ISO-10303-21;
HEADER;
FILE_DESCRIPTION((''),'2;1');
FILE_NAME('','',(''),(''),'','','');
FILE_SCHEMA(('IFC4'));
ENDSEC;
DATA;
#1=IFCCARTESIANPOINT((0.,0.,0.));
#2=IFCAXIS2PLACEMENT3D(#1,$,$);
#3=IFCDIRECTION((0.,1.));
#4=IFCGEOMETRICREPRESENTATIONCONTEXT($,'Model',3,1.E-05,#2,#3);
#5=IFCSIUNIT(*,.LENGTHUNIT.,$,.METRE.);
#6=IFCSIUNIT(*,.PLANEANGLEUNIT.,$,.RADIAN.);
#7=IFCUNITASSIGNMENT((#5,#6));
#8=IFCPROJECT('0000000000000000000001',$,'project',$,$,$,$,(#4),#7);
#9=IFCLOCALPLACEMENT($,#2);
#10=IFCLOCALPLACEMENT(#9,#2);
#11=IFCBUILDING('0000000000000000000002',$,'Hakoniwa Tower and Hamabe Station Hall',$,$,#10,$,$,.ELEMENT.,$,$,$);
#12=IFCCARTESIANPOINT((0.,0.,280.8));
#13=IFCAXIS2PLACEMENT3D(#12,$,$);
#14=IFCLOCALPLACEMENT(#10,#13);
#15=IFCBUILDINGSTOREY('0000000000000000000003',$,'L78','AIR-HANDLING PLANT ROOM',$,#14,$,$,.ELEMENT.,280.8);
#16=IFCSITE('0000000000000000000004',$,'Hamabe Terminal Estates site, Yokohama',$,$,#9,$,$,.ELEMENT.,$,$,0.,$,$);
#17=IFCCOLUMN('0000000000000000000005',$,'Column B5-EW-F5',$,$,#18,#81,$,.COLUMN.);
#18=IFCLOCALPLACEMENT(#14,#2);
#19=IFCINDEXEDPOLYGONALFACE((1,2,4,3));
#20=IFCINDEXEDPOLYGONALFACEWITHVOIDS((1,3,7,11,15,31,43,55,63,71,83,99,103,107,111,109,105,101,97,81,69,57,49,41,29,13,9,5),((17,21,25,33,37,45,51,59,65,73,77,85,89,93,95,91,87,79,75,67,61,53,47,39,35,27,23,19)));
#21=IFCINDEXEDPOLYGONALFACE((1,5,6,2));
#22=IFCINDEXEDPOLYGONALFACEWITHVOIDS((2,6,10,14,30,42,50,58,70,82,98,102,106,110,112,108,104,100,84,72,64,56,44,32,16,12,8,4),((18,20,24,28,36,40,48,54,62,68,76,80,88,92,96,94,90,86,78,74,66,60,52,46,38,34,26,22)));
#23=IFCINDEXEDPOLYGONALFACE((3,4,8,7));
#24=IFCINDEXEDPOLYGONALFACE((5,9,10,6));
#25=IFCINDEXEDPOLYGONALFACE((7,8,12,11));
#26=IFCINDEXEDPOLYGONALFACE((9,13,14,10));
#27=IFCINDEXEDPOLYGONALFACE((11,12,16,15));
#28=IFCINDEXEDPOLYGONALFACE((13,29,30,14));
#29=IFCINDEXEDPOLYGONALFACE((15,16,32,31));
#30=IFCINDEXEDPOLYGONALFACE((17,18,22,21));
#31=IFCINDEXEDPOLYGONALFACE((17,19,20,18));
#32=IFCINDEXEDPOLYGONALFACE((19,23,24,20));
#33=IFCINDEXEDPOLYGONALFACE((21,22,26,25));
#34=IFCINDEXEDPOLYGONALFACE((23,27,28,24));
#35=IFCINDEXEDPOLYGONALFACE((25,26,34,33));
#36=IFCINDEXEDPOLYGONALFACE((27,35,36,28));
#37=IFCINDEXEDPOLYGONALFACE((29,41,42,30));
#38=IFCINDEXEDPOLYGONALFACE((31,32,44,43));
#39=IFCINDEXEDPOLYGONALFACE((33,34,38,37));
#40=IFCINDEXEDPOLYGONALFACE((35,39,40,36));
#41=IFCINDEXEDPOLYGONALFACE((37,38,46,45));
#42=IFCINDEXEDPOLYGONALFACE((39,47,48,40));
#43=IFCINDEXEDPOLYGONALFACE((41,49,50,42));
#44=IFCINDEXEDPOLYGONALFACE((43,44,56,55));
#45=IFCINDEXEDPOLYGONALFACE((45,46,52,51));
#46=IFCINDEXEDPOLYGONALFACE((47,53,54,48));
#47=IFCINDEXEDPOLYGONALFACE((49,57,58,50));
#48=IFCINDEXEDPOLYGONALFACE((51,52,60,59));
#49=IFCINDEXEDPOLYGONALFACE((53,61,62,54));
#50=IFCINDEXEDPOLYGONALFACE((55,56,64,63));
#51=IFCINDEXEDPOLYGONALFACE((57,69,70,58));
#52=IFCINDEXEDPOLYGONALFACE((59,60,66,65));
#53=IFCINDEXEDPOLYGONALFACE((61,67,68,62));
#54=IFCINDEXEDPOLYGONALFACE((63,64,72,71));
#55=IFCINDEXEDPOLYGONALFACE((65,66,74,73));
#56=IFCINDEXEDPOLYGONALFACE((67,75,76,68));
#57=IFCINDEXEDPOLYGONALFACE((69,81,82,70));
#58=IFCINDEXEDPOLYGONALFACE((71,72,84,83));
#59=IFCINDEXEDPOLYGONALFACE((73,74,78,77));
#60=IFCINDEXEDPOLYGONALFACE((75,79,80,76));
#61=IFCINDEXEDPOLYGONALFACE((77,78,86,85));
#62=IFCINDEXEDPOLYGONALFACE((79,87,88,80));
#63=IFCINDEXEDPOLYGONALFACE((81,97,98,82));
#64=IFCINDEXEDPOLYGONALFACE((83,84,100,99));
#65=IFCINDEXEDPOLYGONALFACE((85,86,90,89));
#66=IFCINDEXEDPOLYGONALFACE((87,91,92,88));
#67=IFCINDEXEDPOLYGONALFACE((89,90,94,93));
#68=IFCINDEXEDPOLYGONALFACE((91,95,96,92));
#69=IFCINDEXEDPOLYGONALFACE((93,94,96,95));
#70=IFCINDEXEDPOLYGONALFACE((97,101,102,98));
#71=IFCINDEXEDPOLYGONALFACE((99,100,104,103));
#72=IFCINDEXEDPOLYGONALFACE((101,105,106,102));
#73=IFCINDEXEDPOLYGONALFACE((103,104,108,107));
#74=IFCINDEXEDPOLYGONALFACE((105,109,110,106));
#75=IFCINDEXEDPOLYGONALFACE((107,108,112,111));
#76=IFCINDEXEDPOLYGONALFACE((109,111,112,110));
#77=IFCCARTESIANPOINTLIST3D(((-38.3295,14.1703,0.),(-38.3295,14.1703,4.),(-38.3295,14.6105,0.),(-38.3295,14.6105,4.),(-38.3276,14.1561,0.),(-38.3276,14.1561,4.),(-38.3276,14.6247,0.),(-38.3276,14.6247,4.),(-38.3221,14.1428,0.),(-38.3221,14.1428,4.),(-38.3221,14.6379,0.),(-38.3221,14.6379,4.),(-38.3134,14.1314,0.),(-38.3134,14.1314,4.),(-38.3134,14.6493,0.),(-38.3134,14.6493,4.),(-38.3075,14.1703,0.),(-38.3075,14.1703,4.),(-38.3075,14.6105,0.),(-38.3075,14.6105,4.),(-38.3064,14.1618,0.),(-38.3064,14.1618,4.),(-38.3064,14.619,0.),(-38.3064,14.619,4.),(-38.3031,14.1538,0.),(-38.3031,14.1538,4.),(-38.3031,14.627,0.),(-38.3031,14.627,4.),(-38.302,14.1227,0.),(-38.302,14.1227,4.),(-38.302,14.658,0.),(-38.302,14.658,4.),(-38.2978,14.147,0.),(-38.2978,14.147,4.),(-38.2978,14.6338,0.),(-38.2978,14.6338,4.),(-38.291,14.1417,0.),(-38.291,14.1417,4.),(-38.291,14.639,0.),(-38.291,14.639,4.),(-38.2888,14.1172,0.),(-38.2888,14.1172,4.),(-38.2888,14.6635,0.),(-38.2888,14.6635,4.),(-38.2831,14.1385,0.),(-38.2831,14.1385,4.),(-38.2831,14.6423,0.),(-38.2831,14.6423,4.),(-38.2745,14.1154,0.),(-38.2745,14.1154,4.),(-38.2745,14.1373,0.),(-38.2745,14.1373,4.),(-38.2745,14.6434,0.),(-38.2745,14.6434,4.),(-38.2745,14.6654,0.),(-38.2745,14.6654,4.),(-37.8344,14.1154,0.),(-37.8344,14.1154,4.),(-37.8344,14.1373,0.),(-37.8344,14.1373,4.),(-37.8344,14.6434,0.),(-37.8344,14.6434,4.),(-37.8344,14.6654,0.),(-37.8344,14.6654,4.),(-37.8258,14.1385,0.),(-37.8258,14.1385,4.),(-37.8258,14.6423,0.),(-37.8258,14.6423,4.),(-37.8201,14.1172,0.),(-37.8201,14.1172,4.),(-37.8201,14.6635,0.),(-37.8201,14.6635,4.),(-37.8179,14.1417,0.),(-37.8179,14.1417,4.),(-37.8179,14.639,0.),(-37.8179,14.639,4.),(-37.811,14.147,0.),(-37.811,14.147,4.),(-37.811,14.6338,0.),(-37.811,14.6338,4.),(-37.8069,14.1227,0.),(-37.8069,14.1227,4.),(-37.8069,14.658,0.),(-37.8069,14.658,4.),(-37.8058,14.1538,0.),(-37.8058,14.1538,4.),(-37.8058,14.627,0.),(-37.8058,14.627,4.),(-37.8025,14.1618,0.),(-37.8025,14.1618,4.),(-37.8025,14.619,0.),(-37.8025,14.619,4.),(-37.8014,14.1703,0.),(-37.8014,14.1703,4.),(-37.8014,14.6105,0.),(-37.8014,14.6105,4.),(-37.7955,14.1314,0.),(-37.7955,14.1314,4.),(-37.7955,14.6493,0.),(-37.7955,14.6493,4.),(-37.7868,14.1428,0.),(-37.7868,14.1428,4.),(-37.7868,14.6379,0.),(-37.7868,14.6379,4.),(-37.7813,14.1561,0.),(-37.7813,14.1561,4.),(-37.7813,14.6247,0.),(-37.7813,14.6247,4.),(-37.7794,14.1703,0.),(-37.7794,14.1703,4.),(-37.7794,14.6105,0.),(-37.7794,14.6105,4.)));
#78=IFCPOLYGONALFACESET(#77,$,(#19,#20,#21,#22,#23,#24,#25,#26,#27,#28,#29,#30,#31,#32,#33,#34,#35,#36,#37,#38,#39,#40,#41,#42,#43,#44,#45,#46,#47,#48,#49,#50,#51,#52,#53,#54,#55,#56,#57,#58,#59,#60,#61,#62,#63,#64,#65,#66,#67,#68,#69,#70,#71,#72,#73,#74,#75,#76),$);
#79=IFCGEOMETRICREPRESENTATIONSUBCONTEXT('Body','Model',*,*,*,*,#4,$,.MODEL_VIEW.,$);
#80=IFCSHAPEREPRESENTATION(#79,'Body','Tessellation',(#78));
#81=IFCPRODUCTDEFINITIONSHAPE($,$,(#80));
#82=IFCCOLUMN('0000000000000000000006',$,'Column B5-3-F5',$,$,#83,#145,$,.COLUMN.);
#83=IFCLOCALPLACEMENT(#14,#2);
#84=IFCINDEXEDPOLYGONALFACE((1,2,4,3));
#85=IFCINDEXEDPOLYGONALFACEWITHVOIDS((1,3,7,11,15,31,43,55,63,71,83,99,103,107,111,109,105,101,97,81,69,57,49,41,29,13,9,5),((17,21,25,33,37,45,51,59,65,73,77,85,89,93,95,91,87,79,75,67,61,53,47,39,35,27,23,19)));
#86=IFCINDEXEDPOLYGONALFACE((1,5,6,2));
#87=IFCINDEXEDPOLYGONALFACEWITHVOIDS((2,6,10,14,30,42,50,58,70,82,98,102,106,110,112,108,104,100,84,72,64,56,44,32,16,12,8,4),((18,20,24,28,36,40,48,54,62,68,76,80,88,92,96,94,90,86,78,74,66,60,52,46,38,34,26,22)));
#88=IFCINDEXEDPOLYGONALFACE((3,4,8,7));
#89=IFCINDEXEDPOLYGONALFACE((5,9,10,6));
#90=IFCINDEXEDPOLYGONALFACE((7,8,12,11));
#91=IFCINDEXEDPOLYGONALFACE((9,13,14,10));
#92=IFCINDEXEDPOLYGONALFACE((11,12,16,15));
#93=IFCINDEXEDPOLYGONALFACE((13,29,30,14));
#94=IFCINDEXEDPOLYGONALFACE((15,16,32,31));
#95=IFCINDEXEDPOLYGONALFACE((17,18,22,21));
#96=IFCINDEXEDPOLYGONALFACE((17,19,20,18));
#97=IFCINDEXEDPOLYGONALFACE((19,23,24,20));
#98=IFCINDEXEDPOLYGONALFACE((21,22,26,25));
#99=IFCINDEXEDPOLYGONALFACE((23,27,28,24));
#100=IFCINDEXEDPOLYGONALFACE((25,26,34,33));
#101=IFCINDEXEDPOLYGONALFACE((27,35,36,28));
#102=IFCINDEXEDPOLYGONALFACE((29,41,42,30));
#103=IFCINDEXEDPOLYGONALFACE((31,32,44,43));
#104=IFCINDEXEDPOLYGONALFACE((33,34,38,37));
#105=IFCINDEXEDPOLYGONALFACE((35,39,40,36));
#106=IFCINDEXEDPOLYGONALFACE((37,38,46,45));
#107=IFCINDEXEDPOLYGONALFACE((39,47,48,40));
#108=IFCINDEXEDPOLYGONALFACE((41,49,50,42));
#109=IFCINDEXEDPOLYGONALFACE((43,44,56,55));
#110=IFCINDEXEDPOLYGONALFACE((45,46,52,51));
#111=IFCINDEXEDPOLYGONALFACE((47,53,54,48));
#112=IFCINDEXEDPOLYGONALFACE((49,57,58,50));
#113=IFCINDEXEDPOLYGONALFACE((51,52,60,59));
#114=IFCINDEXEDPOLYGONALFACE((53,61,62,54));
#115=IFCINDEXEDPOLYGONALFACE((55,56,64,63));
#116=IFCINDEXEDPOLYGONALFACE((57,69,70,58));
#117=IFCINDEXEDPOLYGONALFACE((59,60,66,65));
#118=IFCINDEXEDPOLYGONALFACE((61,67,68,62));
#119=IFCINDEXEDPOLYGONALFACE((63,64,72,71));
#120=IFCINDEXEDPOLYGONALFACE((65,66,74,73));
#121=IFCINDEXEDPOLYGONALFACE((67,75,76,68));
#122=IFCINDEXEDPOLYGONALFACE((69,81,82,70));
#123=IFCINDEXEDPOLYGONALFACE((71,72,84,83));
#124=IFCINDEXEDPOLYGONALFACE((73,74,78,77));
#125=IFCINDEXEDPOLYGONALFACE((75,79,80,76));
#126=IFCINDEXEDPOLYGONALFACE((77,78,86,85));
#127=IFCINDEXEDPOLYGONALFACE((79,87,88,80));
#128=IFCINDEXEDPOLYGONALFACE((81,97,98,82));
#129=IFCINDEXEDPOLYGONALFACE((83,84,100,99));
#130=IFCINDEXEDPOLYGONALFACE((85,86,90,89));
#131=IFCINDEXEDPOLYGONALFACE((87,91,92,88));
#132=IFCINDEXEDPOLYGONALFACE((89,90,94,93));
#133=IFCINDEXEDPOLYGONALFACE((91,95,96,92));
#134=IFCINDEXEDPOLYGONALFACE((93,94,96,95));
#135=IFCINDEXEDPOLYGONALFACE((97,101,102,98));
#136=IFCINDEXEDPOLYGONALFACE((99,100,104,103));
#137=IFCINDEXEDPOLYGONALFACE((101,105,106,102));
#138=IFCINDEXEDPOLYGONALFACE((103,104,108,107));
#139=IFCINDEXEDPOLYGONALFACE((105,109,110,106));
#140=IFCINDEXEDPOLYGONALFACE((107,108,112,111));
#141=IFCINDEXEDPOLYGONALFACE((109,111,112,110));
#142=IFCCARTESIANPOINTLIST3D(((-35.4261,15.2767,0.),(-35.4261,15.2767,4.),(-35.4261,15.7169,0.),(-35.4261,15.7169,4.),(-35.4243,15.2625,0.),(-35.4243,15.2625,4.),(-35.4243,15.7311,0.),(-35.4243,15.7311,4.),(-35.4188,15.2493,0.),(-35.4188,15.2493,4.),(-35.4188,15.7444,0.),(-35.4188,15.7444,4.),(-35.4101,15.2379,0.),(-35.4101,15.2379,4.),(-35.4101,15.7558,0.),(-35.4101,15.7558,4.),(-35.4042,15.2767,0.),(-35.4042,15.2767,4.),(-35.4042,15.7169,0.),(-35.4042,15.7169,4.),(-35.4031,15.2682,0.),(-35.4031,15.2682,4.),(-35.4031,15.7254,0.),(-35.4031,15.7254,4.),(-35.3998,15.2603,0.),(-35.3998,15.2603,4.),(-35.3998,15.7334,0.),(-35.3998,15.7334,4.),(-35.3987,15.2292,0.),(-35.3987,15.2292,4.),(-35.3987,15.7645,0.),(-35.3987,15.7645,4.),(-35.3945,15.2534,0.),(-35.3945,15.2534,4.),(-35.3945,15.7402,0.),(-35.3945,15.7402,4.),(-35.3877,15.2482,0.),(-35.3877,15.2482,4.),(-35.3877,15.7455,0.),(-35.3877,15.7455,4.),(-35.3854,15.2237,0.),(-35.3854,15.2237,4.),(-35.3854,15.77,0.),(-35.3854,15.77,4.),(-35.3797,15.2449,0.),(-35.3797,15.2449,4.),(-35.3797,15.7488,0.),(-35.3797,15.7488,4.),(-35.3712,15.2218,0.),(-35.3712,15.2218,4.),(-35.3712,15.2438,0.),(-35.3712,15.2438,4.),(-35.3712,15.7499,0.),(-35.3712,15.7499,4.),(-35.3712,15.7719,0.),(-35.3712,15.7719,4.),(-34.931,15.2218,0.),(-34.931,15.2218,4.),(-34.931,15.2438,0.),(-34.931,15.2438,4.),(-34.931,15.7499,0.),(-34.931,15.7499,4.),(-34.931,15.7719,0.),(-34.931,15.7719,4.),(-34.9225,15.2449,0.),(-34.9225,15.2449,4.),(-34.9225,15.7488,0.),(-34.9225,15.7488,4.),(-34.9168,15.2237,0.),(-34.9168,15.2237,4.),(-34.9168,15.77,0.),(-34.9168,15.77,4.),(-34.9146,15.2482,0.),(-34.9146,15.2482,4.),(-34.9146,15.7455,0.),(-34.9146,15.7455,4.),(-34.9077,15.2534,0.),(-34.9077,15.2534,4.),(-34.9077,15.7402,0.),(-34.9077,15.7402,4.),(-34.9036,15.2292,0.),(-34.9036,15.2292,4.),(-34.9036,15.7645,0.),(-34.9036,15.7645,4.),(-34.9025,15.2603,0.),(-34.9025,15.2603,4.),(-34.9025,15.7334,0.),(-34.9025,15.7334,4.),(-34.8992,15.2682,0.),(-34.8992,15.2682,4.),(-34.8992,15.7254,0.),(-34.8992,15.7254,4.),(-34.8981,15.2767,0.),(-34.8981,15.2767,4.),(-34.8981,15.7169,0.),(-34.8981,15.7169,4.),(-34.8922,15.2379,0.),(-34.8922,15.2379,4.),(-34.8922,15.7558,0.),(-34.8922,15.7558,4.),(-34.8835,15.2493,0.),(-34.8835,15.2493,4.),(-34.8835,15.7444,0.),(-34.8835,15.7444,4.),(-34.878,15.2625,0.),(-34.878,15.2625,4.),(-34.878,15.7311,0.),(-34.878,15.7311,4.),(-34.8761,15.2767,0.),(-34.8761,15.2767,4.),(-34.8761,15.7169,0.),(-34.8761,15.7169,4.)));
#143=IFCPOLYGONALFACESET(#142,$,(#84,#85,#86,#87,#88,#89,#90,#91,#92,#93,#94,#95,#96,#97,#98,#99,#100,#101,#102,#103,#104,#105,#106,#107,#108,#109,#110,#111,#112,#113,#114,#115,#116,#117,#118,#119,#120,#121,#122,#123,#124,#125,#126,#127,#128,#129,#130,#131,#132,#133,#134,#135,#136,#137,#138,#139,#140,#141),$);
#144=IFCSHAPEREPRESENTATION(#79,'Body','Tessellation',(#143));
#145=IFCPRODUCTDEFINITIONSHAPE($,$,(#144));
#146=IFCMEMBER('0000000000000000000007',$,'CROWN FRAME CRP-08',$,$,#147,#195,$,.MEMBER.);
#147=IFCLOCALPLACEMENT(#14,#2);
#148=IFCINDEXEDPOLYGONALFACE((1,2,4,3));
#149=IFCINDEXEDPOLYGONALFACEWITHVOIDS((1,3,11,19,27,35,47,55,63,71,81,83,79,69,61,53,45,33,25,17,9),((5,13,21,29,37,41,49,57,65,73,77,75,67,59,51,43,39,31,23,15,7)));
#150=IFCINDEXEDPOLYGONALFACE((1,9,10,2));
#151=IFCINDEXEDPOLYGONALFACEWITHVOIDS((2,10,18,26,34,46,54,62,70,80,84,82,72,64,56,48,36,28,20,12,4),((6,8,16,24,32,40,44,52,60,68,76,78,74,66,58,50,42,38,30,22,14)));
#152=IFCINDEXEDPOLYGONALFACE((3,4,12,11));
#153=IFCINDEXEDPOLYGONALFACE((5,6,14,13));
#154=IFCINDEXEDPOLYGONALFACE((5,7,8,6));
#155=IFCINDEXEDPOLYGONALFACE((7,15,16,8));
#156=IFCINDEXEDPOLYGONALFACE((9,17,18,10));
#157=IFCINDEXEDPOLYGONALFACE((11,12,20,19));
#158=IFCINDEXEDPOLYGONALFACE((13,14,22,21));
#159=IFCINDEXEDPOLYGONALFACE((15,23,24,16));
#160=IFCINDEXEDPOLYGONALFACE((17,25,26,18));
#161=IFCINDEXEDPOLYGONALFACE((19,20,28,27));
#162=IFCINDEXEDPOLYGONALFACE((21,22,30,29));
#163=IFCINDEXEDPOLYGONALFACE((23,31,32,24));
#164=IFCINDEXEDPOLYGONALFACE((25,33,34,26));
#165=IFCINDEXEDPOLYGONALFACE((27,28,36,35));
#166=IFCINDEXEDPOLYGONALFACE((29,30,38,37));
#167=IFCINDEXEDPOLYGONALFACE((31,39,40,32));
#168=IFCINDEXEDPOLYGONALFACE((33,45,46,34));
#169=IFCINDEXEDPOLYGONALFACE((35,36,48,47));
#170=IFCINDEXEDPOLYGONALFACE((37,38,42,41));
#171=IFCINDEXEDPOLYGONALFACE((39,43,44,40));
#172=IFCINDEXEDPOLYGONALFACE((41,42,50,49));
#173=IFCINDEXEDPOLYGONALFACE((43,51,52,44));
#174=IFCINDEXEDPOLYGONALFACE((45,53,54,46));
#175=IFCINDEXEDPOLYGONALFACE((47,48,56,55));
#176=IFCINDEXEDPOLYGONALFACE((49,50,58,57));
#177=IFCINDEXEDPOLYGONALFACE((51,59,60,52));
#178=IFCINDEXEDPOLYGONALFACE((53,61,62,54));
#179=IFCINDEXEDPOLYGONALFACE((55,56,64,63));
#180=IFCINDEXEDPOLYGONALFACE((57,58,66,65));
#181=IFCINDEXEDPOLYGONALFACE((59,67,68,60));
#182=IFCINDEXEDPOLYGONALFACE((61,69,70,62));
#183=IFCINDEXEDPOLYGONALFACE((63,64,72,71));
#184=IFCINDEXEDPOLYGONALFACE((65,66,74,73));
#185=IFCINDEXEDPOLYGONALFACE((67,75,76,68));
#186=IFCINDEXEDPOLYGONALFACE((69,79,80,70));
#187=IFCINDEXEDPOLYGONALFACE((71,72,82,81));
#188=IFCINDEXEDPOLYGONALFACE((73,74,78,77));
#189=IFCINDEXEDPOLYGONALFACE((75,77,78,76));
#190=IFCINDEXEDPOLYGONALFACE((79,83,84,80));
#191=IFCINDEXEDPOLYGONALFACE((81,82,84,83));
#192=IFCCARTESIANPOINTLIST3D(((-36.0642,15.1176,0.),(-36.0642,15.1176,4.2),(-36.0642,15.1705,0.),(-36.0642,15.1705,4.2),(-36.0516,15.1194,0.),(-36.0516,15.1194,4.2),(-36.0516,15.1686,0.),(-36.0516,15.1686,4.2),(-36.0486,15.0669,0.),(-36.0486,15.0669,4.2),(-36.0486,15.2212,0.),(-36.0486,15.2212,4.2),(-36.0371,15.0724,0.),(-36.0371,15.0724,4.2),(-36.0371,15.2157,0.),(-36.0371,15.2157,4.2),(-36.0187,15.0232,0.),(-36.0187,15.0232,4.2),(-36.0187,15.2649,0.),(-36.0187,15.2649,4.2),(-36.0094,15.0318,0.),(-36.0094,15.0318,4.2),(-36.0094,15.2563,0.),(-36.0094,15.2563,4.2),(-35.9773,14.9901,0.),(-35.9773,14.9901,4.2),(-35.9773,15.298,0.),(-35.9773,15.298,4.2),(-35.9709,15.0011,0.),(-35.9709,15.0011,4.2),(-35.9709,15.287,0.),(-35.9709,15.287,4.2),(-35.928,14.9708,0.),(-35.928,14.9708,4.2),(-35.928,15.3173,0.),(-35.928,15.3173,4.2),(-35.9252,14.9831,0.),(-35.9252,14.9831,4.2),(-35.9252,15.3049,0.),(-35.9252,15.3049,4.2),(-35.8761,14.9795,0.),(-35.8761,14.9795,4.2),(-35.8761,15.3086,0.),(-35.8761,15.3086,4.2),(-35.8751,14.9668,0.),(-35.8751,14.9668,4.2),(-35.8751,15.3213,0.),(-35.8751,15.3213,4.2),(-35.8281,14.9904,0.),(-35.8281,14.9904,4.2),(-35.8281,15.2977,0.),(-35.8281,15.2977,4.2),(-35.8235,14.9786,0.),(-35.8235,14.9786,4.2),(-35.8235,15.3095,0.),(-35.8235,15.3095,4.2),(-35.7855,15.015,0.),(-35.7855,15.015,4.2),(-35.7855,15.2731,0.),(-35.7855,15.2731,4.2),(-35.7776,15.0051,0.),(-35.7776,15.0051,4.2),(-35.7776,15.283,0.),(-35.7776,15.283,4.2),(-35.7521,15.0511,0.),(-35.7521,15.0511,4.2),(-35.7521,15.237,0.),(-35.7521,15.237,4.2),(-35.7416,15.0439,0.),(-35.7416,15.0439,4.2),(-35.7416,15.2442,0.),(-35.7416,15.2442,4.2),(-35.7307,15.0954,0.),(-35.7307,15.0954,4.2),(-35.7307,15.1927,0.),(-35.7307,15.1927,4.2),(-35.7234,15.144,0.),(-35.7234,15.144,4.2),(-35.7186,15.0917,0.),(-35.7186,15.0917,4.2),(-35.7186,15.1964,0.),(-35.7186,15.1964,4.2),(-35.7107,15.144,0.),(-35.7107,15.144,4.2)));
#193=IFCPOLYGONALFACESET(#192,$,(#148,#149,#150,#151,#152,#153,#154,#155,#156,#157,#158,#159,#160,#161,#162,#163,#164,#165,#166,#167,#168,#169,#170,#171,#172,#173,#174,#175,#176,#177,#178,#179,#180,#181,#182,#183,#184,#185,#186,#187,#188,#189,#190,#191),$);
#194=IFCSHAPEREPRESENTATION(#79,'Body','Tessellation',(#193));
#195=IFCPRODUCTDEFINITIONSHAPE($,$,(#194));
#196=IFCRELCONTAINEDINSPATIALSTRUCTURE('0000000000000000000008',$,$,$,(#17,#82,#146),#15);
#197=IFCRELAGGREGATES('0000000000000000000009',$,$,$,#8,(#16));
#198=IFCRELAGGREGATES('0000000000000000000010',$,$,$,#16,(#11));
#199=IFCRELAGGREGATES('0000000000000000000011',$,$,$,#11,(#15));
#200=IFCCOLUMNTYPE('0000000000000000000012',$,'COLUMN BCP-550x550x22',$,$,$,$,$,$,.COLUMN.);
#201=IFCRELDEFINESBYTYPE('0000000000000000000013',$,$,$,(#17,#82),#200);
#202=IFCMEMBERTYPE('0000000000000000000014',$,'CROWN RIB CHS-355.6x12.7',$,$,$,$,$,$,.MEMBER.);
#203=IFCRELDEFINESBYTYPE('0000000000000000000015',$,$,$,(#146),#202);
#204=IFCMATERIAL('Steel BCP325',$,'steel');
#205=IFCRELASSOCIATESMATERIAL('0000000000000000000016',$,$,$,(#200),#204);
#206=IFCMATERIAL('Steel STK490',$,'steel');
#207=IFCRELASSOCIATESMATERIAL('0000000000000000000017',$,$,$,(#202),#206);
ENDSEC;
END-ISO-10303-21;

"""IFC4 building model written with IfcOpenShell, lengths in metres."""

from ifc_helpers import new_model, si_unit, direction, frame, origin, origin_2d, place, context, subcontext, project, spatial, hollow_rectangle, hollow_circle, extrude, material, material_profile, profile_set, type_object, element, save


model = new_model("IFC4")

# Units and contexts
model_context = context("Model", 3, precision=1e-05, world=origin(), true_north=direction((0.0, 1.0)))
body_context = subcontext(model_context, "Body", "Model", "MODEL_VIEW")
ifc_project = project(units=[si_unit("LENGTHUNIT", "METRE"), si_unit("PLANEANGLEUNIT", "RADIAN")], contexts=[model_context])

# Site, building, storey
site_placement = place(None, origin())
site = spatial("IfcSite", under=ifc_project, at=site_placement, Name="Hamabe Terminal Estates site, Yokohama", CompositionType="ELEMENT", RefElevation=0.0)
building_placement = place(site_placement, origin())
building = spatial("IfcBuilding", under=site, at=building_placement, Name="Hakoniwa Tower and Hamabe Station Hall", CompositionType="ELEMENT")
storey_placement = place(building_placement, frame((0.0, 0.0, 280.8)))
storey = spatial("IfcBuildingStorey", under=building, at=storey_placement, Name="L78", Description="AIR-HANDLING PLANT ROOM", CompositionType="ELEMENT", Elevation=280.8)

# Columns
ifc_material_1 = material(Name="Steel BCP325", Category="steel")
ifc_material_profile_1 = material_profile(ifc_material_1, hollow_rectangle(XDim=0.55, YDim=0.55, WallThickness=0.022, InnerFilletRadius=0.033, OuterFilletRadius=0.0549, at=origin_2d()), Name="BCP-550x550x22")
ifc_profile_set_1 = profile_set([ifc_material_profile_1], Name="Steel BCP325")
column_type = type_object("IfcColumnType", Name="COLUMN BCP-550x550x22", PredefinedType="COLUMN", material=ifc_profile_set_1)
for number, where, z_axis, x_axis, name in (
    (1, (-38.0544, 14.3904, 0.0), (0.0, 0.0, 1.0), (1.0, 0.0, 0.0), "Column B5-EW-F5"),
    (2, (-35.1511, 15.4968, 0.0), (0.0, 0.0, 1.0), (1.0, 0.0, 0.0), "Column B5-3-F5"),
):
    element("IfcColumn", number, at=place(storey_placement, frame(where, z_axis=z_axis, x_axis=x_axis)), inside=storey, type_object=column_type, Name=name, PredefinedType="COLUMN", context=body_context, shape_type="SweptSolid", body=[
        extrude(hollow_rectangle(XDim=0.55, YDim=0.55, WallThickness=0.022, InnerFilletRadius=0.033, OuterFilletRadius=0.0549, at=origin_2d()), origin(), (0.0, 0.0, 1.0), 4.0),
    ])

# Member
ifc_material_2 = material(Name="Steel STK490", Category="steel")
ifc_material_profile_2 = material_profile(ifc_material_2, hollow_circle(Radius=0.1777, WallThickness=0.0127, at=origin_2d()), Name="CHS-355.6x12.7")
ifc_profile_set_2 = profile_set([ifc_material_profile_2], Name="Steel STK490")
member_type = type_object("IfcMemberType", Name="CROWN RIB CHS-355.6x12.7", PredefinedType="MEMBER", material=ifc_profile_set_2)
for number, where, z_axis, x_axis, name in (
    (3, (-35.8884, 15.144, 0.0), (0.0, 0.0, 1.0), (1.0, 0.0, 0.0), "CROWN FRAME CRP-08"),
):
    element("IfcMember", number, at=place(storey_placement, frame(where, z_axis=z_axis, x_axis=x_axis)), inside=storey, type_object=member_type, Name=name, PredefinedType="MEMBER", context=body_context, shape_type="SweptSolid", body=[
        extrude(hollow_circle(Radius=0.1777, WallThickness=0.0127, at=origin_2d()), origin(), (0.0, 0.0, 1.0), 4.2),
    ])

save(model, "model.ifc")
